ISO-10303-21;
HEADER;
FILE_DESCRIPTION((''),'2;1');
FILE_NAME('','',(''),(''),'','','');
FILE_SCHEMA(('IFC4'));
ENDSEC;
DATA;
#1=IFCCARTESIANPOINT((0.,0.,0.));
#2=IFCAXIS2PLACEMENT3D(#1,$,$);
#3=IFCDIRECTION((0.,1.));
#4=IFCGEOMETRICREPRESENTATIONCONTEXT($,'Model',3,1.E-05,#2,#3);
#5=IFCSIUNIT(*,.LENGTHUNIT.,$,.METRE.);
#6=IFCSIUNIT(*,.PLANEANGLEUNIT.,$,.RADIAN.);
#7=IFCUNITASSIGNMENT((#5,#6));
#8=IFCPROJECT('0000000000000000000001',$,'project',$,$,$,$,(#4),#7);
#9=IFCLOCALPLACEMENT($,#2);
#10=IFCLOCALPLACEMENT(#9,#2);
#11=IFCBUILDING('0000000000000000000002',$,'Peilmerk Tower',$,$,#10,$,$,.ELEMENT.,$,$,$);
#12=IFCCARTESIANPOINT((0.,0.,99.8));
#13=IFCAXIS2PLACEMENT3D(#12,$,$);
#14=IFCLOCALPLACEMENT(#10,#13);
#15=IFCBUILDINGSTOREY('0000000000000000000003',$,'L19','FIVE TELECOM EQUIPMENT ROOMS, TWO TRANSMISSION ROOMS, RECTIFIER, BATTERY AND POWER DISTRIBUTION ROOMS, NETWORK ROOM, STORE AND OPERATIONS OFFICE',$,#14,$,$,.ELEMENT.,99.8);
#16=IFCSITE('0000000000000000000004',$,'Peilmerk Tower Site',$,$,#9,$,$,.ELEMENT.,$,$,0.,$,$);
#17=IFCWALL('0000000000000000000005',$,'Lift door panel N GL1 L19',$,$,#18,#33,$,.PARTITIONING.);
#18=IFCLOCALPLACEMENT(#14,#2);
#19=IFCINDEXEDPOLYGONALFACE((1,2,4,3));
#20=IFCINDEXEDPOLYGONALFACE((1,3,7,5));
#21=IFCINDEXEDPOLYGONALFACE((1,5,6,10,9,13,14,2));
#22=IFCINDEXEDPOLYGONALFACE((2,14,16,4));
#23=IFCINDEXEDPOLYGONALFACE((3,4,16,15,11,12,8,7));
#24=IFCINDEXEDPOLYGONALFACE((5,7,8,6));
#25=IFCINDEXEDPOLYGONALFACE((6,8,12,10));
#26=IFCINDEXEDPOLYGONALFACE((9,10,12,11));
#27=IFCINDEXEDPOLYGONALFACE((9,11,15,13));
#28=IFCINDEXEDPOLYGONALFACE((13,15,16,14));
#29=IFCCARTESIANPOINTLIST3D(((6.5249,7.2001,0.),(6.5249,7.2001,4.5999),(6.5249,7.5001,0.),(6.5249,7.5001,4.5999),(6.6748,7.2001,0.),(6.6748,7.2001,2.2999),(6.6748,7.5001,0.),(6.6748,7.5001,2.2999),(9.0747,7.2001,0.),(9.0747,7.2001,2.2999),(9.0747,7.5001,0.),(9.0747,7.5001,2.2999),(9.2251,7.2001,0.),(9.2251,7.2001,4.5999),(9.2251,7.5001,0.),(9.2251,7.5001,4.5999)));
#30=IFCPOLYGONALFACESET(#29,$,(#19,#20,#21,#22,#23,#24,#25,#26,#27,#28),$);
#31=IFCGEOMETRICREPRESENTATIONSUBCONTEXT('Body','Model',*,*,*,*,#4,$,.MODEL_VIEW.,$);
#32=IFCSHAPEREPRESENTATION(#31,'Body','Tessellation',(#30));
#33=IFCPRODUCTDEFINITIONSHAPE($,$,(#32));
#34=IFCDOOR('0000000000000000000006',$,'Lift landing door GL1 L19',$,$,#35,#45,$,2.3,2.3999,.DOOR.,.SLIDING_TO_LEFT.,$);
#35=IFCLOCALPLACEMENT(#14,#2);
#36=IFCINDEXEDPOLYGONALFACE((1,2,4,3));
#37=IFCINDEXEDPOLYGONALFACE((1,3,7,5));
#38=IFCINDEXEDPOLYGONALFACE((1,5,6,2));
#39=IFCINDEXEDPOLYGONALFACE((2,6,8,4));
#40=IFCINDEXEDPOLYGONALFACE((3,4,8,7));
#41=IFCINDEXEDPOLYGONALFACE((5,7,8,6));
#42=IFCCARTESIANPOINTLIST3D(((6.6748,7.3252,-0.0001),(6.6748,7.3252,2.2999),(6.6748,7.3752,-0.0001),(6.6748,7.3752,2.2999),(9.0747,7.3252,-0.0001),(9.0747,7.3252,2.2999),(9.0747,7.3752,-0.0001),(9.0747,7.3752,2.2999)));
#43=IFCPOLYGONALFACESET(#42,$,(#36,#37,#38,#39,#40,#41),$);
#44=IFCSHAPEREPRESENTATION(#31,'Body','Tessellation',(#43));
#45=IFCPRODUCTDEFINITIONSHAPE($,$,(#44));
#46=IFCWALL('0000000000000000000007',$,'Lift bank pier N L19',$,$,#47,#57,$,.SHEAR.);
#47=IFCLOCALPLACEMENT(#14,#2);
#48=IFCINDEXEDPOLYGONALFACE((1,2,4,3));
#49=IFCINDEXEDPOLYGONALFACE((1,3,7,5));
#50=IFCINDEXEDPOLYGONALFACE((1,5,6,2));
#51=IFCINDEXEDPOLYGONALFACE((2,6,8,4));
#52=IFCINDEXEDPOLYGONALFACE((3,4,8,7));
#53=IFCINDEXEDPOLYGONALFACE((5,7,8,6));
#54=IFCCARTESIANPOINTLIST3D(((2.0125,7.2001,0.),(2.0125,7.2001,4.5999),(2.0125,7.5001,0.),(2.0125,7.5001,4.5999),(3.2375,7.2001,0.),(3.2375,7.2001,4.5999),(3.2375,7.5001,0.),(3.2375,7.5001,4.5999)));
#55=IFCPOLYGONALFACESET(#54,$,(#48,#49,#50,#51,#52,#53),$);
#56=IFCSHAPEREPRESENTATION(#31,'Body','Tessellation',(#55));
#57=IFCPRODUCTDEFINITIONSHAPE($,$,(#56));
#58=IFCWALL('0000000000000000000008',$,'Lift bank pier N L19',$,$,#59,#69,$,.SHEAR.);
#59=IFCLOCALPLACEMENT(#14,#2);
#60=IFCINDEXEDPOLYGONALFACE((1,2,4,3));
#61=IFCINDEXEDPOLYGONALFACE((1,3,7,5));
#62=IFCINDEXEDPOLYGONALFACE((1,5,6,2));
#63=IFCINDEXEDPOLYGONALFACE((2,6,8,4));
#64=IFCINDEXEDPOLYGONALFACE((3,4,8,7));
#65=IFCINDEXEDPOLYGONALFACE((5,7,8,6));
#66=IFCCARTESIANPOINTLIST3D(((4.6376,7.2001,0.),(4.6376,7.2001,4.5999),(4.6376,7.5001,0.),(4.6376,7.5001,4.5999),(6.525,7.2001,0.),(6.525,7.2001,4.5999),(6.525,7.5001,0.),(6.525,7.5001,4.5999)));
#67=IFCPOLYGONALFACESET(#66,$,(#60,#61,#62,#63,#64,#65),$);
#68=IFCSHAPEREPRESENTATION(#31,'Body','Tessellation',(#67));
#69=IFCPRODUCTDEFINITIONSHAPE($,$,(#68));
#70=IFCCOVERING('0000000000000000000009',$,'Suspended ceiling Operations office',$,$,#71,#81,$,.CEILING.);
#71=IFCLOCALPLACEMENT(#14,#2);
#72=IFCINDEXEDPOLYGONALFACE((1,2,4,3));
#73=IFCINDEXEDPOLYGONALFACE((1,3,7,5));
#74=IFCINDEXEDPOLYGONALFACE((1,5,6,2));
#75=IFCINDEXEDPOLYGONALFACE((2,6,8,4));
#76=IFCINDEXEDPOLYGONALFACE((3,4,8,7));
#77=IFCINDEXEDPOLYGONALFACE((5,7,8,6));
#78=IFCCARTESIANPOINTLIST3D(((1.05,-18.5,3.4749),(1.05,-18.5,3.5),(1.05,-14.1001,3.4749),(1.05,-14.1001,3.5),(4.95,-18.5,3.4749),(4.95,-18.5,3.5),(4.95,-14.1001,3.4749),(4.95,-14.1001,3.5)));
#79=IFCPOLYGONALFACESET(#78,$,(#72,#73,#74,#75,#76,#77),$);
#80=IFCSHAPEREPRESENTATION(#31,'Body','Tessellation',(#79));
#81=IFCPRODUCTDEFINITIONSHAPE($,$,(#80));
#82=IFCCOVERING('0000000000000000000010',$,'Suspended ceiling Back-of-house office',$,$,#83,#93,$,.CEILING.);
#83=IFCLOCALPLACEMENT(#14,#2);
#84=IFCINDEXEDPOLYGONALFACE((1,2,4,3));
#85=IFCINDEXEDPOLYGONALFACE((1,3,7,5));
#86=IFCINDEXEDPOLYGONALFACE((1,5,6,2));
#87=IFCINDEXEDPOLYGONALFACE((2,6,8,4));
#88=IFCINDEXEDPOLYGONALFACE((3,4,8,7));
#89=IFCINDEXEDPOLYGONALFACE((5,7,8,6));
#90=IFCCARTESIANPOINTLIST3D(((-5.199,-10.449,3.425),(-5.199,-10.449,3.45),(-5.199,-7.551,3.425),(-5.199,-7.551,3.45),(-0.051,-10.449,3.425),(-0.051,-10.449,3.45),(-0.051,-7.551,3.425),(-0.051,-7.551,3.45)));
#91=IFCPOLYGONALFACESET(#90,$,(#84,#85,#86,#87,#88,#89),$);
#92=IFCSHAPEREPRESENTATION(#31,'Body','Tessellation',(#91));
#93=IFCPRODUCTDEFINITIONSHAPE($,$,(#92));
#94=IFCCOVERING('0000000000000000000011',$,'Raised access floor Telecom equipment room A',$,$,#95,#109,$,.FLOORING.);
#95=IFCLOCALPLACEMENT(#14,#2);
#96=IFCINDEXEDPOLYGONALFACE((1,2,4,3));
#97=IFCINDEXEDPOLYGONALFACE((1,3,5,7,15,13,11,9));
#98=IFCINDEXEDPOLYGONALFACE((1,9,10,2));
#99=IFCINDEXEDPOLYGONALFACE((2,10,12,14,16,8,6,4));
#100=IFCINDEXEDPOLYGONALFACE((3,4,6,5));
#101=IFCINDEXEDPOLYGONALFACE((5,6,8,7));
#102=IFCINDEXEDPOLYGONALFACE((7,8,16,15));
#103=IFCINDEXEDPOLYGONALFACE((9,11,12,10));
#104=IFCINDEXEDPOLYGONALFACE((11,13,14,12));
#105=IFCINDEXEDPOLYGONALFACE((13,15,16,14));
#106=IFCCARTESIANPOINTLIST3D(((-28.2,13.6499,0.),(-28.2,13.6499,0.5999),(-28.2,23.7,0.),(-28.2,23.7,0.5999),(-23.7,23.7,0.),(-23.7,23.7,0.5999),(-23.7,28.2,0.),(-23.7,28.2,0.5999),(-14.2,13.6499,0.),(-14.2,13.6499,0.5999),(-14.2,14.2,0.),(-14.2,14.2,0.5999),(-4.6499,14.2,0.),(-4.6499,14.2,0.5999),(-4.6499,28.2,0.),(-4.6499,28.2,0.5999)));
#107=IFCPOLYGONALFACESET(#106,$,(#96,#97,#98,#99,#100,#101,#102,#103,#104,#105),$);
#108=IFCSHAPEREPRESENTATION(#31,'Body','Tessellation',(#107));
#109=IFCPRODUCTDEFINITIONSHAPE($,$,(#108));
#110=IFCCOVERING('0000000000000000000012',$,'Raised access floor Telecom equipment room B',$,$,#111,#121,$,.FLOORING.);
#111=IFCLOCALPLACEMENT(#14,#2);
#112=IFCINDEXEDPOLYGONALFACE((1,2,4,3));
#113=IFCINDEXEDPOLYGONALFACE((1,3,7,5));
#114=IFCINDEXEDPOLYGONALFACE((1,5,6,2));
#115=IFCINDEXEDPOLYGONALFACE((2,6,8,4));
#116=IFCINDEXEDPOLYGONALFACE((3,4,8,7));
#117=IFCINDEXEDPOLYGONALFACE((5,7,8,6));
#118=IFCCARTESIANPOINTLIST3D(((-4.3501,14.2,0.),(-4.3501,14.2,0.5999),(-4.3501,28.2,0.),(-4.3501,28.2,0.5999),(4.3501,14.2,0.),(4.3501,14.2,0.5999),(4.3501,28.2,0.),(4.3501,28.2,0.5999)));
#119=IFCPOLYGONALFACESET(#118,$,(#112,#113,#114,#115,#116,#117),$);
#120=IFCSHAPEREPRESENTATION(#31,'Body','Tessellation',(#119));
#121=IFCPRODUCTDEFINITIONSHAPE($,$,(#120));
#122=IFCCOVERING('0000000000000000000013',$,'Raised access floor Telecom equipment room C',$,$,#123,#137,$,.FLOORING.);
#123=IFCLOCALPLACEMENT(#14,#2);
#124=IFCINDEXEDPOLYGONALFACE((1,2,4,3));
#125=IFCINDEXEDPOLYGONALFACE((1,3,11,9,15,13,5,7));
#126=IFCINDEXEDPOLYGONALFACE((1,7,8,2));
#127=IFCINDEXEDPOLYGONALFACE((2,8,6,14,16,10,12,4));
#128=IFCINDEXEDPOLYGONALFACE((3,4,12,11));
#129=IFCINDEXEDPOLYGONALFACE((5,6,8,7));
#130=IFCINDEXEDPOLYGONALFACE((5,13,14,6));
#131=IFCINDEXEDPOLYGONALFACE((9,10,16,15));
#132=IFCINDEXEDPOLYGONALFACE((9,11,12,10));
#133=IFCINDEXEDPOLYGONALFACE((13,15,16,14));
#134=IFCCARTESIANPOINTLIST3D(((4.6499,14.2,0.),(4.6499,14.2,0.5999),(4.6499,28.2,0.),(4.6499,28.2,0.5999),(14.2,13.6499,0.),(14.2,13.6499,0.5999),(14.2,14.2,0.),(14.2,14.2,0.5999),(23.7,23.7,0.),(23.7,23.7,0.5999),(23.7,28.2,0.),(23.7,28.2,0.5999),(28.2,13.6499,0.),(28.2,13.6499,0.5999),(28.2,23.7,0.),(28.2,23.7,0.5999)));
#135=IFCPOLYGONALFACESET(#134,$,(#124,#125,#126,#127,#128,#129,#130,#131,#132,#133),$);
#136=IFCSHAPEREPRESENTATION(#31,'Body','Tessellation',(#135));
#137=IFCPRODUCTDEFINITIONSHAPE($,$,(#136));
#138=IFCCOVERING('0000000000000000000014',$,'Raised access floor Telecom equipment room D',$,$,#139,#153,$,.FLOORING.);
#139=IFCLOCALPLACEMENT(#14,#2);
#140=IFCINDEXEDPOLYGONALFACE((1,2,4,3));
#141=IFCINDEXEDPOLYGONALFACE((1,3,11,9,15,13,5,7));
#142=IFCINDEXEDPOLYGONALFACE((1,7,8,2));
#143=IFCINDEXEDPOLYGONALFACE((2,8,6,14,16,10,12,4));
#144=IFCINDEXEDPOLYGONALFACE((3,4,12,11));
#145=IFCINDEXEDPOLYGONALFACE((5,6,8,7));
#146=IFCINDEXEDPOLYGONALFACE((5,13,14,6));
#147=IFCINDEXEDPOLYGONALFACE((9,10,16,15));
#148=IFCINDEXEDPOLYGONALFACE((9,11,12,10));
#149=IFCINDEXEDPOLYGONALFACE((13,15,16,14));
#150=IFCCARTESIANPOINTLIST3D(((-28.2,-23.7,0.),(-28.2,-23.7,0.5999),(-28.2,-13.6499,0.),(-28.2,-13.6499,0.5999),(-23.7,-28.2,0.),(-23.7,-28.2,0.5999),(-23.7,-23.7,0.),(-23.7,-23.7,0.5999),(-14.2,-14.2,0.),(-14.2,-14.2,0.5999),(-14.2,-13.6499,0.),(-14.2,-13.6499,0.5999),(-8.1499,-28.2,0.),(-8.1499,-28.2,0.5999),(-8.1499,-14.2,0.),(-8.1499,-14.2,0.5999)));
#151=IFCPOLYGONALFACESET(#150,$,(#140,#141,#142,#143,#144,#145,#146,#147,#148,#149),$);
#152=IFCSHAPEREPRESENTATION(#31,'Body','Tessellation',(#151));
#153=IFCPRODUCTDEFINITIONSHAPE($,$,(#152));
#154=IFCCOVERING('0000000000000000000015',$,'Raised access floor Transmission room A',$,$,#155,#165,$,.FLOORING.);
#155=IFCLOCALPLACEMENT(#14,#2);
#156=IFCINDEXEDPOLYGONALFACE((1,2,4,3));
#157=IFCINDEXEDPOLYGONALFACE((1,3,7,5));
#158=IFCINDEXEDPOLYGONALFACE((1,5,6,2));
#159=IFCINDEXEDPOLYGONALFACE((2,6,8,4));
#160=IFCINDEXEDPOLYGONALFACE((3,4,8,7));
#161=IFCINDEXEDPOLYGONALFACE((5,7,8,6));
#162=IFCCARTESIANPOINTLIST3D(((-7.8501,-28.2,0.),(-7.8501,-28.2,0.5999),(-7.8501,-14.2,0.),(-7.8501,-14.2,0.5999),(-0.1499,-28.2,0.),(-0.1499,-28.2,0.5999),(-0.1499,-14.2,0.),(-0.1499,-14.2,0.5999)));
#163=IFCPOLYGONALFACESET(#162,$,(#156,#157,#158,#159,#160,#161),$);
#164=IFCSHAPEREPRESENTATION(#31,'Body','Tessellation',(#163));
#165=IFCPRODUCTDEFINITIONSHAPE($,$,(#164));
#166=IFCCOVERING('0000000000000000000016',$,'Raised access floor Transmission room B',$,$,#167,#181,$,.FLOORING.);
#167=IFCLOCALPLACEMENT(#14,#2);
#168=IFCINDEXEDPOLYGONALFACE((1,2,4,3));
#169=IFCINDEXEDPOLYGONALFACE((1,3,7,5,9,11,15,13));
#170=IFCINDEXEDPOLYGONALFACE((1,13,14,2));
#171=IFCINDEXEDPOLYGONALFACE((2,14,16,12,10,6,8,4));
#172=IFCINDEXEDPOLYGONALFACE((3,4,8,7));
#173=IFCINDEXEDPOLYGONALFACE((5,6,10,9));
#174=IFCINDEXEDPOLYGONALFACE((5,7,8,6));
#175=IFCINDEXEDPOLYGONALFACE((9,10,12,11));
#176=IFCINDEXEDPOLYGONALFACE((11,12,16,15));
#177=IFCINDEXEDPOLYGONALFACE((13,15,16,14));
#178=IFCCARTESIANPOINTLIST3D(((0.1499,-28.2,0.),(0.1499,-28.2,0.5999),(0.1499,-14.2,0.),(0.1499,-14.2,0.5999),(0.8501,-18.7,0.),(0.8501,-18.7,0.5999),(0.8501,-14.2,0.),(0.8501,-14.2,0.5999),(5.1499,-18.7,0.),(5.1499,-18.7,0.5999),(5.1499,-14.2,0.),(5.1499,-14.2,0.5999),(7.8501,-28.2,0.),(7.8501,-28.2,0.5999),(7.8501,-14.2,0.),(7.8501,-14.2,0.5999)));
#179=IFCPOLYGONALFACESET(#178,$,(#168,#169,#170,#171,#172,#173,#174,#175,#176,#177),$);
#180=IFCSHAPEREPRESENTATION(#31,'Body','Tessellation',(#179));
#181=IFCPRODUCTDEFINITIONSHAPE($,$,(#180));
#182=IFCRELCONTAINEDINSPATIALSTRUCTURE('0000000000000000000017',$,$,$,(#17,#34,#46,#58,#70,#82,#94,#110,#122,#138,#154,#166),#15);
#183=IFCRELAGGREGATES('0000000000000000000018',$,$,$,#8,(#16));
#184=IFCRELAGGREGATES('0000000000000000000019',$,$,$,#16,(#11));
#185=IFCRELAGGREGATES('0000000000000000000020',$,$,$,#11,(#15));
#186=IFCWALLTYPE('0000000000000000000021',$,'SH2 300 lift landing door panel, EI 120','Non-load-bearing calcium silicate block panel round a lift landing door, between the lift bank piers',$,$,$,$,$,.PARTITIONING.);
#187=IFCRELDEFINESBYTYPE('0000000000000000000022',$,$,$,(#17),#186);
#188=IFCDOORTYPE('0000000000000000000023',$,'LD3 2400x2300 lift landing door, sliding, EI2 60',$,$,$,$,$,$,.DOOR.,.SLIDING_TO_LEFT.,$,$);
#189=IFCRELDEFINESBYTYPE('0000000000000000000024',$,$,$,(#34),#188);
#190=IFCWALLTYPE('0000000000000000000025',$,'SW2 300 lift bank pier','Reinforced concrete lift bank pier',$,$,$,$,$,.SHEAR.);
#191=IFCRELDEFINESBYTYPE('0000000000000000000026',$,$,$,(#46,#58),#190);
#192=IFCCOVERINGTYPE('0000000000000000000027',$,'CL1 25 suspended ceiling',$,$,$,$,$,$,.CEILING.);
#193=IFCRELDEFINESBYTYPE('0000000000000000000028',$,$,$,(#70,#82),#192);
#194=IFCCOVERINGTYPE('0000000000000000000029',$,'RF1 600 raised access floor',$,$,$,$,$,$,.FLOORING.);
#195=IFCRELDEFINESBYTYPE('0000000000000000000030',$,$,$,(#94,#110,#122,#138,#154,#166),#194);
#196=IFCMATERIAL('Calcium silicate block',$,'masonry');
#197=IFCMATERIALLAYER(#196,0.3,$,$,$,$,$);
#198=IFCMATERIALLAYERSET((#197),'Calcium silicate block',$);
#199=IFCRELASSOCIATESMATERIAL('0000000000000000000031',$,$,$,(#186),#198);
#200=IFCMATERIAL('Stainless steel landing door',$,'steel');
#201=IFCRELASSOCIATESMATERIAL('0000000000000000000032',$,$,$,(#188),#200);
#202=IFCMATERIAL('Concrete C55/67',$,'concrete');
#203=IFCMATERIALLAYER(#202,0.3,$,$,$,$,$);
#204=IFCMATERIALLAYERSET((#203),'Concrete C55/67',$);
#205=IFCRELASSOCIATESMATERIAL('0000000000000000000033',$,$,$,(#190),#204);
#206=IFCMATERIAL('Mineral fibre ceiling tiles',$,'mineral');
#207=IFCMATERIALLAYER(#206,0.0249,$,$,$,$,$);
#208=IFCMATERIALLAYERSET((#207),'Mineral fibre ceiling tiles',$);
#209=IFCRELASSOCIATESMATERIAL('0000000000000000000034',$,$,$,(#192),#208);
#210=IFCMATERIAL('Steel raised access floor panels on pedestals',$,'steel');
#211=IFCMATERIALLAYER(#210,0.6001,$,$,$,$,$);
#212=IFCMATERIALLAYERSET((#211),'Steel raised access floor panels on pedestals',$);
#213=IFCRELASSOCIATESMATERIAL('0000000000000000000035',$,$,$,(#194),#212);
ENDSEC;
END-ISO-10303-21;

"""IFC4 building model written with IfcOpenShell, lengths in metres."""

from ifc_helpers import new_model, si_unit, direction, frame, frame_2d, origin, place, context, subcontext, project, spatial, polyline, rectangle, outline, extrude, material, layer, layer_set, type_object, element, fill, save


model = new_model("IFC4")

# Units and contexts
model_context = context("Model", 3, precision=1e-05, world=origin(), true_north=direction((0.0, 1.0)))
body_context = subcontext(model_context, "Body", "Model", "MODEL_VIEW")
ifc_project = project(units=[si_unit("LENGTHUNIT", "METRE"), si_unit("PLANEANGLEUNIT", "RADIAN")], contexts=[model_context])

# Site, building, storey
site_placement = place(None, origin())
site = spatial("IfcSite", under=ifc_project, at=site_placement, Name="Peilmerk Tower Site", CompositionType="ELEMENT", RefElevation=0.0)
building_placement = place(site_placement, origin())
building = spatial("IfcBuilding", under=site, at=building_placement, Name="Peilmerk Tower", CompositionType="ELEMENT")
storey_placement = place(building_placement, frame((0.0, 0.0, 99.8)))
storey = spatial("IfcBuildingStorey", under=building, at=storey_placement, Name="L19", Description="FIVE TELECOM EQUIPMENT ROOMS, TWO TRANSMISSION ROOMS, RECTIFIER, BATTERY AND POWER DISTRIBUTION ROOMS, NETWORK ROOM, STORE AND OPERATIONS OFFICE", CompositionType="ELEMENT", Elevation=99.8)

# Shared definitions
ifc_material_1 = material(Name="Calcium silicate block", Category="masonry")
ifc_layer_1 = layer(ifc_material_1, 0.3)
ifc_layer_set_1 = layer_set([ifc_layer_1], Name="Calcium silicate block")
wall_type_1 = type_object("IfcWallType", Name="SH2 300 lift landing door panel, EI 120", Description="Non-load-bearing calcium silicate block panel round a lift landing door, between the lift bank piers", PredefinedType="PARTITIONING", material=ifc_layer_set_1)

# Wall, opening, door
wall_1_placement = place(storey_placement, frame((6.5249, 7.3501, 0.0), z_axis=(0.0, 0.0, 1.0), x_axis=(1.0, 0.0, 0.0)))
wall_1 = element("IfcWall", 1, at=wall_1_placement, inside=storey, type_object=wall_type_1, Name="Lift door panel N GL1 L19", PredefinedType="PARTITIONING", context=body_context, shape_type="SweptSolid", body=[
    extrude(rectangle(XDim=2.7002, YDim=0.3, at=frame_2d((1.3501, 0.0))), origin(), (0.0, 0.0, 1.0), 4.5999),
])
opening_1_placement = place(wall_1_placement, frame((0.1499, 0.0, 0.0)))
opening_1 = element("IfcOpeningElement", 2, at=opening_1_placement, cuts=wall_1, PredefinedType="OPENING", context=body_context, shape_type="SweptSolid", body=[
    extrude(rectangle(XDim=2.3999, YDim=2.3, at=frame_2d((1.2, 1.1499))), frame((0.0, 0.1599, 0.0), z_axis=(0.0, -1.0, 0.0), x_axis=(1.0, 0.0, 0.0)), (0.0, 0.0, 1.0), 0.3201),
])
ifc_material_2 = material(Name="Stainless steel landing door", Category="steel")
door_type_1 = type_object("IfcDoorType", Name="LD3 2400x2300 lift landing door, sliding, EI2 60", OperationType="SLIDING_TO_LEFT", PredefinedType="DOOR", material=ifc_material_2)
door_1_placement = place(opening_1_placement, frame((2.3999, 0.0, 0.0), z_axis=(0.0, 0.0, 1.0), x_axis=(-1.0, 0.0, 0.0)))
door_1 = element("IfcDoor", 3, at=door_1_placement, inside=storey, type_object=door_type_1, Name="Lift landing door GL1 L19", OperationType="SLIDING_TO_LEFT", OverallHeight=2.3, OverallWidth=2.3999, PredefinedType="DOOR", context=body_context, shape_type="SweptSolid", body=[
    extrude(rectangle(XDim=2.3999, YDim=2.3, at=frame_2d((1.2, 1.1499))), frame((0.0, 0.0249, 0.0), z_axis=(0.0, -1.0, 0.0), x_axis=(1.0, 0.0, 0.0)), (0.0, 0.0, 1.0), 0.05),
])
fill(opening_1, door_1)

# Walls
ifc_material_3 = material(Name="Concrete C55/67", Category="concrete")
ifc_layer_2 = layer(ifc_material_3, 0.3)
ifc_layer_set_2 = layer_set([ifc_layer_2], Name="Concrete C55/67")
wall_type_2 = type_object("IfcWallType", Name="SW2 300 lift bank pier", Description="Reinforced concrete lift bank pier", PredefinedType="SHEAR", material=ifc_layer_set_2)
wall_2_placement = place(storey_placement, frame((2.0125, 7.3501, 0.0), z_axis=(0.0, 0.0, 1.0), x_axis=(1.0, 0.0, 0.0)))
element("IfcWall", 4, at=wall_2_placement, inside=storey, type_object=wall_type_2, Name="Lift bank pier N L19", PredefinedType="SHEAR", context=body_context, shape_type="SweptSolid", body=[
    extrude(rectangle(XDim=1.2251, YDim=0.3, at=frame_2d((0.6125, 0.0))), origin(), (0.0, 0.0, 1.0), 4.5999),
])
wall_3_placement = place(storey_placement, frame((4.6375, 7.3501, 0.0), z_axis=(0.0, 0.0, 1.0), x_axis=(1.0, 0.0, 0.0)))
element("IfcWall", 5, at=wall_3_placement, inside=storey, type_object=wall_type_2, Name="Lift bank pier N L19", PredefinedType="SHEAR", context=body_context, shape_type="SweptSolid", body=[
    extrude(rectangle(XDim=1.8875, YDim=0.3, at=frame_2d((0.9438, 0.0))), origin(), (0.0, 0.0, 1.0), 4.5999),
])

# Coverings
ifc_material_4 = material(Name="Mineral fibre ceiling tiles", Category="mineral")
ifc_layer_3 = layer(ifc_material_4, 0.0249)
ifc_layer_set_3 = layer_set([ifc_layer_3], Name="Mineral fibre ceiling tiles")
covering_type_1 = type_object("IfcCoveringType", Name="CL1 25 suspended ceiling", PredefinedType="CEILING", material=ifc_layer_set_3)
covering_1_placement = place(storey_placement, frame((0.0, 0.0, 3.4749)))
element("IfcCovering", 6, at=covering_1_placement, inside=storey, type_object=covering_type_1, Name="Suspended ceiling Operations office", PredefinedType="CEILING", context=body_context, shape_type="SweptSolid", body=[
    extrude(outline(polyline([(4.95, -18.5), (4.95, -14.1001), (1.05, -14.1001), (1.05, -18.5), (4.95, -18.5)])), origin(), (0.0, 0.0, 1.0), 0.0251),
])
covering_2_placement = place(storey_placement, frame((0.0, 0.0, 3.425)))
element("IfcCovering", 7, at=covering_2_placement, inside=storey, type_object=covering_type_1, Name="Suspended ceiling Back-of-house office", PredefinedType="CEILING", context=body_context, shape_type="SweptSolid", body=[
    extrude(outline(polyline([(-5.199, -10.449), (-0.051, -10.449), (-0.051, -7.551), (-5.199, -7.551), (-5.199, -10.449)])), origin(), (0.0, 0.0, 1.0), 0.0249),
])
ifc_material_5 = material(Name="Steel raised access floor panels on pedestals", Category="steel")
ifc_layer_4 = layer(ifc_material_5, 0.6001)
ifc_layer_set_4 = layer_set([ifc_layer_4], Name="Steel raised access floor panels on pedestals")
covering_type_2 = type_object("IfcCoveringType", Name="RF1 600 raised access floor", PredefinedType="FLOORING", material=ifc_layer_set_4)
covering_3_placement = place(storey_placement, origin())
element("IfcCovering", 8, at=covering_3_placement, inside=storey, type_object=covering_type_2, Name="Raised access floor Telecom equipment room A", PredefinedType="FLOORING", context=body_context, shape_type="SweptSolid", body=[
    extrude(outline(polyline([(-28.2, 23.7), (-28.2, 13.6499), (-14.2, 13.6499), (-14.2, 14.2), (-4.6499, 14.2), (-4.6499, 28.2), (-23.7, 28.2), (-23.7, 23.7), (-28.2, 23.7)])), origin(), (0.0, 0.0, 1.0), 0.5999),
])
covering_4_placement = place(storey_placement, origin())
element("IfcCovering", 9, at=covering_4_placement, inside=storey, type_object=covering_type_2, Name="Raised access floor Telecom equipment room B", PredefinedType="FLOORING", context=body_context, shape_type="SweptSolid", body=[
    extrude(outline(polyline([(4.3501, 28.2), (-4.3501, 28.2), (-4.3501, 14.2), (4.3501, 14.2), (4.3501, 28.2)])), origin(), (0.0, 0.0, 1.0), 0.5999),
])
covering_5_placement = place(storey_placement, origin())
element("IfcCovering", 10, at=covering_5_placement, inside=storey, type_object=covering_type_2, Name="Raised access floor Telecom equipment room C", PredefinedType="FLOORING", context=body_context, shape_type="SweptSolid", body=[
    extrude(outline(polyline([(23.7, 28.2), (4.6499, 28.2), (4.6499, 14.2), (14.2, 14.2), (14.2, 13.6499), (28.2, 13.6499), (28.2, 23.7), (23.7, 23.7), (23.7, 28.2)])), origin(), (0.0, 0.0, 1.0), 0.5999),
])
covering_6_placement = place(storey_placement, origin())
element("IfcCovering", 11, at=covering_6_placement, inside=storey, type_object=covering_type_2, Name="Raised access floor Telecom equipment room D", PredefinedType="FLOORING", context=body_context, shape_type="SweptSolid", body=[
    extrude(outline(polyline([(-23.7, -28.2), (-8.1499, -28.2), (-8.1499, -14.2), (-14.2, -14.2), (-14.2, -13.6499), (-28.2, -13.6499), (-28.2, -23.7), (-23.7, -23.7), (-23.7, -28.2)])), origin(), (0.0, 0.0, 1.0), 0.5999),
])
covering_7_placement = place(storey_placement, origin())
element("IfcCovering", 12, at=covering_7_placement, inside=storey, type_object=covering_type_2, Name="Raised access floor Transmission room A", PredefinedType="FLOORING", context=body_context, shape_type="SweptSolid", body=[
    extrude(outline(polyline([(-7.8501, -28.2), (-0.1499, -28.2), (-0.1499, -14.2), (-7.8501, -14.2), (-7.8501, -28.2)])), origin(), (0.0, 0.0, 1.0), 0.5999),
])
covering_8_placement = place(storey_placement, origin())
element("IfcCovering", 13, at=covering_8_placement, inside=storey, type_object=covering_type_2, Name="Raised access floor Transmission room B", PredefinedType="FLOORING", context=body_context, shape_type="SweptSolid", body=[
    extrude(outline(polyline([(0.1499, -14.2), (0.1499, -28.2), (7.8501, -28.2), (7.8501, -14.2), (5.1499, -14.2), (5.1499, -18.7), (0.8501, -18.7), (0.8501, -14.2), (0.1499, -14.2)])), origin(), (0.0, 0.0, 1.0), 0.5999),
])

save(model, "model.ifc")
